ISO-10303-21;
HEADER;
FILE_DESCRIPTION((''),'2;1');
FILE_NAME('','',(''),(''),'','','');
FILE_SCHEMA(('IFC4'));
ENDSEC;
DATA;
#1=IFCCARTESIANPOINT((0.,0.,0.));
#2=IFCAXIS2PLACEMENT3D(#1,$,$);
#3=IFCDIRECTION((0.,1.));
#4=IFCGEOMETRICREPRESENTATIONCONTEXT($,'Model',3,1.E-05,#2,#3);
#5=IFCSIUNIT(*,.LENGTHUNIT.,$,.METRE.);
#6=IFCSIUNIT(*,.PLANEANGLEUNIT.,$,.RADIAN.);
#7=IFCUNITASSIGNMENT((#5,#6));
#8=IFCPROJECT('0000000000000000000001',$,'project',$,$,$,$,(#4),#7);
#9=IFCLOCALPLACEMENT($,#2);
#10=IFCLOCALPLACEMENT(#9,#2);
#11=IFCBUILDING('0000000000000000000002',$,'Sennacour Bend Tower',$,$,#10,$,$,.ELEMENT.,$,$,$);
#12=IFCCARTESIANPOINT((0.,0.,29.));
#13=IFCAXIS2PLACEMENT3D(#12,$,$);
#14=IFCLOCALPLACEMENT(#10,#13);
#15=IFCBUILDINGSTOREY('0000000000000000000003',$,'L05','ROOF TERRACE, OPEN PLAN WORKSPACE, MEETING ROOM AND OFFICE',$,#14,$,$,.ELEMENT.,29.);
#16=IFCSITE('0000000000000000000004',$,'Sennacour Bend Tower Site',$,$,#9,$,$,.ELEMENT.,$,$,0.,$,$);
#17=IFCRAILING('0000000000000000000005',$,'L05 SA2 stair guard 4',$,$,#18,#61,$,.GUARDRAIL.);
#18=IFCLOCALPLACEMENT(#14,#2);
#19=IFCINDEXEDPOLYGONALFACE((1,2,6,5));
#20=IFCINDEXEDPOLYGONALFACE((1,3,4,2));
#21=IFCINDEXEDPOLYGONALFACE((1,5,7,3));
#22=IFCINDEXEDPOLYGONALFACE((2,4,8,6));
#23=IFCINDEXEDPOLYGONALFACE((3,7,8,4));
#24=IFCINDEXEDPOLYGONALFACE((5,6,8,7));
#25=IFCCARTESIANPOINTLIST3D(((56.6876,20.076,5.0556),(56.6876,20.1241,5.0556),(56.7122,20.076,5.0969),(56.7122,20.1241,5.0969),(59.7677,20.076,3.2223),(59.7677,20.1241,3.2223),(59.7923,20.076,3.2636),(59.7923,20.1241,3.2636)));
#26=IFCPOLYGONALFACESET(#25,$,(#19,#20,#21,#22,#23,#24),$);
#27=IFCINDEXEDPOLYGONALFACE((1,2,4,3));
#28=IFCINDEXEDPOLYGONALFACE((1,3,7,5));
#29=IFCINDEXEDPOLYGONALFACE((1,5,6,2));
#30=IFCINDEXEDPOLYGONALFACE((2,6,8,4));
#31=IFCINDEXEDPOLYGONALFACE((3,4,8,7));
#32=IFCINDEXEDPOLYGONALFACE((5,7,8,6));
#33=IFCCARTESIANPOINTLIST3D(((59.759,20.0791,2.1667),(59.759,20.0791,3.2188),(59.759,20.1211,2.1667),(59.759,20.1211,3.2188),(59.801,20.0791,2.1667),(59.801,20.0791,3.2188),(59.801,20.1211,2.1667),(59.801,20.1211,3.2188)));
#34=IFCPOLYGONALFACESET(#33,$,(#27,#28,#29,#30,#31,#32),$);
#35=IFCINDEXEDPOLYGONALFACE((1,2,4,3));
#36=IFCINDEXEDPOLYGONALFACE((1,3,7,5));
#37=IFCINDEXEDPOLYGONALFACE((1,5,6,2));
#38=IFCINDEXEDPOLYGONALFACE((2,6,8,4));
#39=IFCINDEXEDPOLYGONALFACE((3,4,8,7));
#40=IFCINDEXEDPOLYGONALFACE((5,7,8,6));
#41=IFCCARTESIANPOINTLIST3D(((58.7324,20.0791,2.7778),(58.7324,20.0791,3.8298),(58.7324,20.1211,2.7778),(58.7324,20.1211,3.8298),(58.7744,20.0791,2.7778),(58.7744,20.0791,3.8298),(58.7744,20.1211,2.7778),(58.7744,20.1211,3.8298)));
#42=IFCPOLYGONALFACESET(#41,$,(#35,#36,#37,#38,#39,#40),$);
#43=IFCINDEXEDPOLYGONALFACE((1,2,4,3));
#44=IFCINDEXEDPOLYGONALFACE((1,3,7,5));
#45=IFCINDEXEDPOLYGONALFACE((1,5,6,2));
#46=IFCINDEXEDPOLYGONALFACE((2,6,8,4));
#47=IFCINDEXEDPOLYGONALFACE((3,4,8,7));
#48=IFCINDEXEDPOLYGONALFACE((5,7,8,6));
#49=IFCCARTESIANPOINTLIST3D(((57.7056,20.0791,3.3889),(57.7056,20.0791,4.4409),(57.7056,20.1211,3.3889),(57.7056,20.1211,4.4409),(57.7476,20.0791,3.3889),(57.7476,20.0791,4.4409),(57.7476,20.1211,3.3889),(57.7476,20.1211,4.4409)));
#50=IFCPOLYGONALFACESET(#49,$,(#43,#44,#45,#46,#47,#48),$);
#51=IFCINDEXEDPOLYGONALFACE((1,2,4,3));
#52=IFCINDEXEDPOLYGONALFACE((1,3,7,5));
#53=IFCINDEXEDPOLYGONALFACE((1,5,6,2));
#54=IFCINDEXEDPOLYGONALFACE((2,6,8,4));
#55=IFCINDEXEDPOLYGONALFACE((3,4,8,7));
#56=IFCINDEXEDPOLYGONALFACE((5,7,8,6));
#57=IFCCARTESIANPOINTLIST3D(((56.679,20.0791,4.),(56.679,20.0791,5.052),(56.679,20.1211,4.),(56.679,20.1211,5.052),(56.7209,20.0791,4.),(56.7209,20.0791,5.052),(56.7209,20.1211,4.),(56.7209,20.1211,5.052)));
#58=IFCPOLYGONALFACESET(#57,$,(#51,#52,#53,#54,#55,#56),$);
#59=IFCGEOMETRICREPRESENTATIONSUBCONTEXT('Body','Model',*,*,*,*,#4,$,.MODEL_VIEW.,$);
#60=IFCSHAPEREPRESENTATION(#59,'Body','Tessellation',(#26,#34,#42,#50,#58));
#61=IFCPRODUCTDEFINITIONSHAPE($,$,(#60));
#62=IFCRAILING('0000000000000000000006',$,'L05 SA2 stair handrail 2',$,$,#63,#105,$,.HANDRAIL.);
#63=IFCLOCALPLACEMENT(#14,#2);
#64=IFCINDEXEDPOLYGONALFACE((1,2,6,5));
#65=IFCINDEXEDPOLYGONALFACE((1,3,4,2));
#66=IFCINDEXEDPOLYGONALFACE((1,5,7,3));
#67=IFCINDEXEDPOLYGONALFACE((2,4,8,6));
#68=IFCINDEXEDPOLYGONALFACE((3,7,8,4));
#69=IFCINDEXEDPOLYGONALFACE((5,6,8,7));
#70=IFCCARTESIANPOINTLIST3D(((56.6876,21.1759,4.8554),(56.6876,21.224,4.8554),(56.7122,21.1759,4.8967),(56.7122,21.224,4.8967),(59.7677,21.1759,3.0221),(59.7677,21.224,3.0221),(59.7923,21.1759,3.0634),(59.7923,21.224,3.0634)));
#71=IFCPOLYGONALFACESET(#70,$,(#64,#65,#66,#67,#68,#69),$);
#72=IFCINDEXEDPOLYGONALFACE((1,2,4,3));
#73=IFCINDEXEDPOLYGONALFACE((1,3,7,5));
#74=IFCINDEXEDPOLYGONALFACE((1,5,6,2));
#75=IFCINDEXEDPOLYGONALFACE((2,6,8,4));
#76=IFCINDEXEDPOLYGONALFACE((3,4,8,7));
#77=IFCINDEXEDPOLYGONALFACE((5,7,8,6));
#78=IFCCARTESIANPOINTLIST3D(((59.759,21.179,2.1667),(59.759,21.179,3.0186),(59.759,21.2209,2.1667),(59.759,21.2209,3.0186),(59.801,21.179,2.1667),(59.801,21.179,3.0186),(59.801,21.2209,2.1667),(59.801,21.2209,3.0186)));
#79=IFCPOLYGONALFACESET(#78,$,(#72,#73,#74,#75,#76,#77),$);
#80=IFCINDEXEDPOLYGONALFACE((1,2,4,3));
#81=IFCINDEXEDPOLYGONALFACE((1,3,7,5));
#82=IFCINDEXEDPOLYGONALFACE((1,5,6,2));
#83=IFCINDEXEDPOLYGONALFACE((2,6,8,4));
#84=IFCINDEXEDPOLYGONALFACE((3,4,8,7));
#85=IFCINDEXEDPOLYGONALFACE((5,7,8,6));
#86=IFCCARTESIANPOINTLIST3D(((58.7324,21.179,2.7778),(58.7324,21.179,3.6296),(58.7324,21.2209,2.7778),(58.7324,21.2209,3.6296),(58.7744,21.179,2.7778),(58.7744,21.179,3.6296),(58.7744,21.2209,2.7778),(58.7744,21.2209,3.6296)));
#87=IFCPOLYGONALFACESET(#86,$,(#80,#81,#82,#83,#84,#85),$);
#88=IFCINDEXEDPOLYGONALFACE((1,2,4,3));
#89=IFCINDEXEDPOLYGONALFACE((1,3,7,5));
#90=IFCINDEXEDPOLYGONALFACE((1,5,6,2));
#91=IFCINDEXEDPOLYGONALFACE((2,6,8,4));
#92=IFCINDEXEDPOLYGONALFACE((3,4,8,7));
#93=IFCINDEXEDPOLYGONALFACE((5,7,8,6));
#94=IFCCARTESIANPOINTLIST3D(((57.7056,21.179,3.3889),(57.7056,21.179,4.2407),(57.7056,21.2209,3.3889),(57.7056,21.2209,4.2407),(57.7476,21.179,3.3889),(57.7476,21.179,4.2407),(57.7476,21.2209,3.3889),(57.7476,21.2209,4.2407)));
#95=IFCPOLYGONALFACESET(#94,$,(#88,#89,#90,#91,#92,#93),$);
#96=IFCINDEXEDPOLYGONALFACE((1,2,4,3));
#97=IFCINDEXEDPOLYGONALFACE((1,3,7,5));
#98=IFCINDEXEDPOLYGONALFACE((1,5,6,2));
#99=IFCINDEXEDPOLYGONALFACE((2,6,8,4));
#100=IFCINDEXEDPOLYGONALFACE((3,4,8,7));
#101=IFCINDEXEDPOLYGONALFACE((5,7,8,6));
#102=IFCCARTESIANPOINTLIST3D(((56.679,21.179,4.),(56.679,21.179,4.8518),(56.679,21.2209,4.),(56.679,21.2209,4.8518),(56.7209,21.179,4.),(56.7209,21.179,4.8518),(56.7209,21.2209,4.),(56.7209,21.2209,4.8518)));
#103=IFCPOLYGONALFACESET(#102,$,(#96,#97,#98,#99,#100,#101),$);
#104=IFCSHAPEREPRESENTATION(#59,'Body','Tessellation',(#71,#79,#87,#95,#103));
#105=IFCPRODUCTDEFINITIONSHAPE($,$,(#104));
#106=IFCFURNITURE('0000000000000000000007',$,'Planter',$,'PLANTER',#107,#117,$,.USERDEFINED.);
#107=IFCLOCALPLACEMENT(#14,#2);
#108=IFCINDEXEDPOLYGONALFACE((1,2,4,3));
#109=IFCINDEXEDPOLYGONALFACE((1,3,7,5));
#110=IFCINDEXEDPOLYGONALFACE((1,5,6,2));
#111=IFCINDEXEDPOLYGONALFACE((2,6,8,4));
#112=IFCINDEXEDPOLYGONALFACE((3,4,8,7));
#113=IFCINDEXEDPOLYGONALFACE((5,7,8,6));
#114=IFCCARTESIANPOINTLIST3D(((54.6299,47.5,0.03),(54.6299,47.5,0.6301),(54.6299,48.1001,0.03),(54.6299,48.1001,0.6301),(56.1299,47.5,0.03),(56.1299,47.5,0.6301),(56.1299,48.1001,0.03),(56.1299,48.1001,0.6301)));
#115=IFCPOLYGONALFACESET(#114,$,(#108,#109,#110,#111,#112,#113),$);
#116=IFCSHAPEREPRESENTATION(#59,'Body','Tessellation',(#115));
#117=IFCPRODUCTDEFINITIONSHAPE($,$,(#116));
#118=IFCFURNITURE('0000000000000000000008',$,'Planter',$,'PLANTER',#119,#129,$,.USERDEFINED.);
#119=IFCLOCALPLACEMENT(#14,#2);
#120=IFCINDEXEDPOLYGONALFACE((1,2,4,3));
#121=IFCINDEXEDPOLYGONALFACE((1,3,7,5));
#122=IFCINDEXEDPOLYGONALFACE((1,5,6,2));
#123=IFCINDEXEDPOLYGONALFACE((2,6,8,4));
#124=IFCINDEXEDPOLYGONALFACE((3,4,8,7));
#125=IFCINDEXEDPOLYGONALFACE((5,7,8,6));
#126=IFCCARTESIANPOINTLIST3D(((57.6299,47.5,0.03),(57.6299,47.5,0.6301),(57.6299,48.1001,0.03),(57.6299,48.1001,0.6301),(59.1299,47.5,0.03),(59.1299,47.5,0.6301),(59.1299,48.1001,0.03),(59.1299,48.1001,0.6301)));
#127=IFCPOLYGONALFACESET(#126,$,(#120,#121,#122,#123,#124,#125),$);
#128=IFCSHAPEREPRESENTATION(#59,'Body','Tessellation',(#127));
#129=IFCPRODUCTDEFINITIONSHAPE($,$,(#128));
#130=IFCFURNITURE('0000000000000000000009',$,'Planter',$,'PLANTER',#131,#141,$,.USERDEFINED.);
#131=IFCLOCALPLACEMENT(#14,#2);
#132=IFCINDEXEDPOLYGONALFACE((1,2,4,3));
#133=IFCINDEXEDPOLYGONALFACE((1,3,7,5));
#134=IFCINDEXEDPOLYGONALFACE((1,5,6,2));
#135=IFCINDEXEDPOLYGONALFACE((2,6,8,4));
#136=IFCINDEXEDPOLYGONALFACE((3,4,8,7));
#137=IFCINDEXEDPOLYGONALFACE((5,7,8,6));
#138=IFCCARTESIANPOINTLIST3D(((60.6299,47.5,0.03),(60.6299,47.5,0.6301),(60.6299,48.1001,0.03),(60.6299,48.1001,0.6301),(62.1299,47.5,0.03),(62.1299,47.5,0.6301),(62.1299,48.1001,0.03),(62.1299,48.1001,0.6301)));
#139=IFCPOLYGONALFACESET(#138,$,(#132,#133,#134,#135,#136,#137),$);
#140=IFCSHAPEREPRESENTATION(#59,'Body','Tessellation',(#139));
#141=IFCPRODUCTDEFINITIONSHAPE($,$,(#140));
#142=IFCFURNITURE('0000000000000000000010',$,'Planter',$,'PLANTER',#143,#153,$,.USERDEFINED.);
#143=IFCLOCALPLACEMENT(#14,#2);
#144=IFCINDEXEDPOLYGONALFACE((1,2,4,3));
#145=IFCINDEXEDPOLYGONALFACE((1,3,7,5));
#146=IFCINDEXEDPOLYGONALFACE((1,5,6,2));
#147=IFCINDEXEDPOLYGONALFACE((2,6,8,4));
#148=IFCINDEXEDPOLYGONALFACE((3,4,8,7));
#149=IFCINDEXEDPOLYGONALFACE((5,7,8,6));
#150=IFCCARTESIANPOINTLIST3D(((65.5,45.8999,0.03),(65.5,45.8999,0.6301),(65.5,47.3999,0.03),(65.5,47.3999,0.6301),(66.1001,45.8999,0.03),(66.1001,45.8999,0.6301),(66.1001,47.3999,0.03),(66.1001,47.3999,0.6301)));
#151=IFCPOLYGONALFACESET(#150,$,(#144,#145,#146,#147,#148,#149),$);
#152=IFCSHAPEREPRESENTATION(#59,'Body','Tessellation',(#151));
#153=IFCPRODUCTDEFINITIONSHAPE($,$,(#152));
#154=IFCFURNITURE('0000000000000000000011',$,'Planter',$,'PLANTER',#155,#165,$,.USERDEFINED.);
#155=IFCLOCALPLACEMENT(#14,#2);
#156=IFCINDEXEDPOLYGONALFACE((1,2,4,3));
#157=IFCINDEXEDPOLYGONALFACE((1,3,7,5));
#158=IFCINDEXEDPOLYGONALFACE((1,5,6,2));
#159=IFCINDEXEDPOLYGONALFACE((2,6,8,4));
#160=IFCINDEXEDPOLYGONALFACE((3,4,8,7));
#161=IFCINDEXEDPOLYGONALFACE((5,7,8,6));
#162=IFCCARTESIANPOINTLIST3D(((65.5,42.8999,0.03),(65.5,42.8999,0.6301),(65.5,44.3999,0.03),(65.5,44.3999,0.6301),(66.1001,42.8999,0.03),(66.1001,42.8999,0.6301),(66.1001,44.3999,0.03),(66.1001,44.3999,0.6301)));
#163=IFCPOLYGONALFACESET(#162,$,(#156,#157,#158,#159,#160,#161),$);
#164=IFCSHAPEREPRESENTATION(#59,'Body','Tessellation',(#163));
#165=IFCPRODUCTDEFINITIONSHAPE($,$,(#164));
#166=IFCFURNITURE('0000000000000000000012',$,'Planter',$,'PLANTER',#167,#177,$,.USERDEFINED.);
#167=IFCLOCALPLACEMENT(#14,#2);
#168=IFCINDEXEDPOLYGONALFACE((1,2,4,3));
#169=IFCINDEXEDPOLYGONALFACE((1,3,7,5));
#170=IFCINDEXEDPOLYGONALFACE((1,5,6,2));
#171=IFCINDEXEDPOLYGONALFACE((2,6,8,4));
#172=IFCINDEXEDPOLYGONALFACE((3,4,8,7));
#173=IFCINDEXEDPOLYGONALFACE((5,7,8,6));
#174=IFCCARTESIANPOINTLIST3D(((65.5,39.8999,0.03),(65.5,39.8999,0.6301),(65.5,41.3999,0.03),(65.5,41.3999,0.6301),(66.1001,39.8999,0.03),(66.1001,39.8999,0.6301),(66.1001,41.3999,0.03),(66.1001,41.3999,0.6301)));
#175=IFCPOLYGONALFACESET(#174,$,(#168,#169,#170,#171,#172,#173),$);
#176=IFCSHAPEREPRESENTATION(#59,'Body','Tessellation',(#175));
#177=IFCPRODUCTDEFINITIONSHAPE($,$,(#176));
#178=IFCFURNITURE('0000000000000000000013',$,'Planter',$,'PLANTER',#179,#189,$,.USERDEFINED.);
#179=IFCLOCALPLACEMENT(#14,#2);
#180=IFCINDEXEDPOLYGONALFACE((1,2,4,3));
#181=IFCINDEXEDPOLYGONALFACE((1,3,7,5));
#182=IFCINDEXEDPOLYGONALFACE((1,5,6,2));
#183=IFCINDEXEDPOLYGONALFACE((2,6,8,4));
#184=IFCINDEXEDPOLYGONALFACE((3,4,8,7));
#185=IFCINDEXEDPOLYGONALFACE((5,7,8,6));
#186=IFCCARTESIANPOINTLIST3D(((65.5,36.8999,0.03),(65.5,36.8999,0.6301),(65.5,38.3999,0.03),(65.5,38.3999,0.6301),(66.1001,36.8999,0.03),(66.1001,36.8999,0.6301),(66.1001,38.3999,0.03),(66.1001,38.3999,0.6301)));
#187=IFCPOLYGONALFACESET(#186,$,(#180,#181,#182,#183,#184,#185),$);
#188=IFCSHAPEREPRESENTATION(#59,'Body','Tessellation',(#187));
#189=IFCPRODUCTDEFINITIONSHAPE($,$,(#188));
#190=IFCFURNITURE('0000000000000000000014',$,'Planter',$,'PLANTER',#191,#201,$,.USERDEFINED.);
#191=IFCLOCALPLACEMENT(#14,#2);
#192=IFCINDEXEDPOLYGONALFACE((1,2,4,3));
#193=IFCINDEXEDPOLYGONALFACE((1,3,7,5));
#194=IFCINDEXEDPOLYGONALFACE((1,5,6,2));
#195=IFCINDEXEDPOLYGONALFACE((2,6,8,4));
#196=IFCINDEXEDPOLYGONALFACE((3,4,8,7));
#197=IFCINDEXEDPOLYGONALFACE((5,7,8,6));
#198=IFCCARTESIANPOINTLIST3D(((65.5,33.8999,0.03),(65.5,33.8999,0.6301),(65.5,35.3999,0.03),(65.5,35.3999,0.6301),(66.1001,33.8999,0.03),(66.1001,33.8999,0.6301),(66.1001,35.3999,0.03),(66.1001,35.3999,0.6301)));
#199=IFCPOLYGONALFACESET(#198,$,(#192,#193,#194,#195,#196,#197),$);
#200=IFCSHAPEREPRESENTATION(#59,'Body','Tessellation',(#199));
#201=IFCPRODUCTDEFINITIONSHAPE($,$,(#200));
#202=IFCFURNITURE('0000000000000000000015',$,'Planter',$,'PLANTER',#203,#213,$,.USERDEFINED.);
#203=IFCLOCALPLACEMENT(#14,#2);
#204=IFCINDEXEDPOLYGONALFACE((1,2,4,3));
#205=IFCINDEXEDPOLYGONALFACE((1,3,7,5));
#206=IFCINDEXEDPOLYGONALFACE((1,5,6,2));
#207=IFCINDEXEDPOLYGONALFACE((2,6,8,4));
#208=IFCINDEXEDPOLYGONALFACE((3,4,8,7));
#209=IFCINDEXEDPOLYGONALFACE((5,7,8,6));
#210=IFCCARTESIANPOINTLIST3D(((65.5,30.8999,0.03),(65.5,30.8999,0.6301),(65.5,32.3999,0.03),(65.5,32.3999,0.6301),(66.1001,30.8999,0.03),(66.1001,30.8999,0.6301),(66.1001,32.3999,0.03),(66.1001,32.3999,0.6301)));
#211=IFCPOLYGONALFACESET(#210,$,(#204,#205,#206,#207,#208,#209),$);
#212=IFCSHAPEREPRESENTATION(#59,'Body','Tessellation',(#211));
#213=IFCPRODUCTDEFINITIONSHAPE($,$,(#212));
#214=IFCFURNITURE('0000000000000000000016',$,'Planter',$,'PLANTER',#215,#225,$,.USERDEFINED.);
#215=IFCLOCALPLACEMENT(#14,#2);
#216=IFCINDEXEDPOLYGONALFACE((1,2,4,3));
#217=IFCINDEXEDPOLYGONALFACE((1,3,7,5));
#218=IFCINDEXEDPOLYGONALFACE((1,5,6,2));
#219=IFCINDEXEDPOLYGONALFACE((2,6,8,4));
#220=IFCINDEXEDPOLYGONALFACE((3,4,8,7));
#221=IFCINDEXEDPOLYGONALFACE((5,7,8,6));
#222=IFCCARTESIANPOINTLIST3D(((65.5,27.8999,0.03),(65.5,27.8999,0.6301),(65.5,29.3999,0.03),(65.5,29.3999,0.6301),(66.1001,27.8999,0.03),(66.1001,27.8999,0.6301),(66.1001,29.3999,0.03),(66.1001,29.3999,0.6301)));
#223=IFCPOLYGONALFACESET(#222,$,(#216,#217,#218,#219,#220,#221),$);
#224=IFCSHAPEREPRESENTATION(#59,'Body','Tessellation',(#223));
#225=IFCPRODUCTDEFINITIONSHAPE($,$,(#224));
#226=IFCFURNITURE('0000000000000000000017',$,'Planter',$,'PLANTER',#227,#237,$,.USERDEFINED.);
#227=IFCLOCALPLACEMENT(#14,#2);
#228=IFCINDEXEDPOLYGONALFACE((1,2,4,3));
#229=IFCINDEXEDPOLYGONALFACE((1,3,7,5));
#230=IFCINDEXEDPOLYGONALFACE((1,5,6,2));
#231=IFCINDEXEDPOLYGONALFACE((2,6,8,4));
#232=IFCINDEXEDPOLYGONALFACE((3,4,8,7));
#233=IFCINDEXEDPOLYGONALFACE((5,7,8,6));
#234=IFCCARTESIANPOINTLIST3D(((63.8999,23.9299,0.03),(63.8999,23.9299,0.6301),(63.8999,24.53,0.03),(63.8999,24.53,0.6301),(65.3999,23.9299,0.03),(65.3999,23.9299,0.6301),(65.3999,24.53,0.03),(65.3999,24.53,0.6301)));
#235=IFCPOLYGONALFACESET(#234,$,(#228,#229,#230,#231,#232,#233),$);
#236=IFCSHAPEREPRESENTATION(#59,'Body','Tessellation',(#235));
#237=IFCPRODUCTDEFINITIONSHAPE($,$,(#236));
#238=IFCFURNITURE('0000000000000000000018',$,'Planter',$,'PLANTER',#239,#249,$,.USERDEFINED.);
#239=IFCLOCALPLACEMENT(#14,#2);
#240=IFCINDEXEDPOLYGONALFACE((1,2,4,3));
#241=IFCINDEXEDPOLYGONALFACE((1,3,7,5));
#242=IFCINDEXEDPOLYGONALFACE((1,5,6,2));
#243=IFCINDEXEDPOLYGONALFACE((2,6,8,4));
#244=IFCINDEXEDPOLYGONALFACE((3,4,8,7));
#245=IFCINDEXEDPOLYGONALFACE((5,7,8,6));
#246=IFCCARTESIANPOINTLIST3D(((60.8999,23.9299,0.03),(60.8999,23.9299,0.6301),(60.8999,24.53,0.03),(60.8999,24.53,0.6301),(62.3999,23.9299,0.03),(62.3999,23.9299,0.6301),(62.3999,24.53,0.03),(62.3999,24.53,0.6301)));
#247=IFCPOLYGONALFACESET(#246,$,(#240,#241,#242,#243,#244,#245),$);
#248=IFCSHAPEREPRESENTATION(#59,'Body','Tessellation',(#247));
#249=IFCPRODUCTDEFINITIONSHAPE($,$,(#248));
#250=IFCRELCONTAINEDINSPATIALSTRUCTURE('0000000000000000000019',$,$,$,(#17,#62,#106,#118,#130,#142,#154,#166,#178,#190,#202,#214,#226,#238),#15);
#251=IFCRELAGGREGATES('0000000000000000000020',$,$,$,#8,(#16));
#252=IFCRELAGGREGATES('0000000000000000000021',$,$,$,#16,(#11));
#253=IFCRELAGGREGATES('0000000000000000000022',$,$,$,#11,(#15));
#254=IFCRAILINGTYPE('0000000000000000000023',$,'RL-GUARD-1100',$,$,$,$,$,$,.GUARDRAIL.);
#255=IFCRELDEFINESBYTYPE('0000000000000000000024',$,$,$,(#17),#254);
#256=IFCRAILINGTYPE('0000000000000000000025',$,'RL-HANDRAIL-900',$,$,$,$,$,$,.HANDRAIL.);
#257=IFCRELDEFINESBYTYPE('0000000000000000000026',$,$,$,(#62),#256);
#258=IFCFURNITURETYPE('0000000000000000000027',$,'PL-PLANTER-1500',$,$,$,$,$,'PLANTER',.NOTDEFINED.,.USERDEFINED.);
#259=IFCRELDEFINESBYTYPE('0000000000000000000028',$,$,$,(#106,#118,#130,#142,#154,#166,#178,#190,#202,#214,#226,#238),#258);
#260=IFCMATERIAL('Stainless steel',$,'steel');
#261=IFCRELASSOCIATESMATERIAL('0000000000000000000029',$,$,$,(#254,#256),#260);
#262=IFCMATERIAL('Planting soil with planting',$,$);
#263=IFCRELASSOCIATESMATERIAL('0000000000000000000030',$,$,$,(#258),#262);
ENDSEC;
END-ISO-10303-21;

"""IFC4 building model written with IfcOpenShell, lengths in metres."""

from ifc_helpers import new_model, si_unit, direction, frame, origin, origin_2d, place, context, subcontext, project, spatial, rectangle, extrude, material, type_object, element, save


model = new_model("IFC4")

# Units and contexts
model_context = context("Model", 3, precision=1e-05, world=origin(), true_north=direction((0.0, 1.0)))
body_context = subcontext(model_context, "Body", "Model", "MODEL_VIEW")
ifc_project = project(units=[si_unit("LENGTHUNIT", "METRE"), si_unit("PLANEANGLEUNIT", "RADIAN")], contexts=[model_context])

# Site, building, storey
site_placement = place(None, origin())
site = spatial("IfcSite", under=ifc_project, at=site_placement, Name="Sennacour Bend Tower Site", CompositionType="ELEMENT", RefElevation=0.0)
building_placement = place(site_placement, origin())
building = spatial("IfcBuilding", under=site, at=building_placement, Name="Sennacour Bend Tower", CompositionType="ELEMENT")
storey_placement = place(building_placement, frame((0.0, 0.0, 29.0)))
storey = spatial("IfcBuildingStorey", under=building, at=storey_placement, Name="L05", Description="ROOF TERRACE, OPEN PLAN WORKSPACE, MEETING ROOM AND OFFICE", CompositionType="ELEMENT", Elevation=29.0)

# Railings
ifc_material_1 = material(Name="Stainless steel", Category="steel")
railing_type_1 = type_object("IfcRailingType", Name="RL-GUARD-1100", PredefinedType="GUARDRAIL", material=ifc_material_1)
railing_1_placement = place(storey_placement, frame((59.78, 20.1001, 2.1667)))
element("IfcRailing", 1, at=railing_1_placement, inside=storey, type_object=railing_type_1, Name="L05 SA2 stair guard 4", PredefinedType="GUARDRAIL", context=body_context, shape_type="SweptSolid", body=[
    extrude(rectangle(XDim=0.0481, YDim=0.0481, at=origin_2d()), frame((0.0, 0.0, 1.0762), z_axis=(-0.859309, 0.0, 0.511458), x_axis=(0.0, -1.0, 0.0)), (0.0, 0.0, 1.0), 3.5845),
    extrude(rectangle(XDim=0.042, YDim=0.042, at=origin_2d()), origin(), (0.0, 0.0, 1.0), 1.052),
    extrude(rectangle(XDim=0.042, YDim=0.042, at=origin_2d()), frame((-1.0266, 0.0, 0.6111)), (0.0, 0.0, 1.0), 1.052),
    extrude(rectangle(XDim=0.042, YDim=0.042, at=origin_2d()), frame((-2.0535, 0.0, 1.2222)), (0.0, 0.0, 1.0), 1.052),
    extrude(rectangle(XDim=0.042, YDim=0.042, at=origin_2d()), frame((-3.0801, 0.0, 1.8333)), (0.0, 0.0, 1.0), 1.052),
])
railing_type_2 = type_object("IfcRailingType", Name="RL-HANDRAIL-900", PredefinedType="HANDRAIL", material=ifc_material_1)
railing_2_placement = place(storey_placement, frame((59.78, 21.2, 2.1667)))
element("IfcRailing", 2, at=railing_2_placement, inside=storey, type_object=railing_type_2, Name="L05 SA2 stair handrail 2", PredefinedType="HANDRAIL", context=body_context, shape_type="SweptSolid", body=[
    extrude(rectangle(XDim=0.0481, YDim=0.0481, at=origin_2d()), frame((0.0, 0.0, 0.876), z_axis=(-0.859309, 0.0, 0.511458), x_axis=(0.0, -1.0, 0.0)), (0.0, 0.0, 1.0), 3.5845),
    extrude(rectangle(XDim=0.042, YDim=0.042, at=origin_2d()), origin(), (0.0, 0.0, 1.0), 0.8518),
    extrude(rectangle(XDim=0.042, YDim=0.042, at=origin_2d()), frame((-1.0266, 0.0, 0.6111)), (0.0, 0.0, 1.0), 0.8518),
    extrude(rectangle(XDim=0.042, YDim=0.042, at=origin_2d()), frame((-2.0535, 0.0, 1.2222)), (0.0, 0.0, 1.0), 0.8518),
    extrude(rectangle(XDim=0.042, YDim=0.042, at=origin_2d()), frame((-3.0801, 0.0, 1.8333)), (0.0, 0.0, 1.0), 0.8518),
])

# Furniture
ifc_material_2 = material(Name="Planting soil with planting")
furniture_type = type_object("IfcFurnitureType", Name="PL-PLANTER-1500", ElementType="PLANTER", AssemblyPlace="NOTDEFINED", PredefinedType="USERDEFINED", material=ifc_material_2)
for number, where, z_axis, x_axis, name in (
    (3, (55.3799, 47.8, 0.03), (0.0, 0.0, 1.0), (1.0, 0.0, 0.0), "Planter"),
    (4, (58.3799, 47.8, 0.03), (0.0, 0.0, 1.0), (1.0, 0.0, 0.0), "Planter"),
    (5, (61.3799, 47.8, 0.03), (0.0, 0.0, 1.0), (1.0, 0.0, 0.0), "Planter"),
    (6, (65.8, 46.6499, 0.03), (0.0, 0.0, 1.0), (0.0, -1.0, 0.0), "Planter"),
    (7, (65.8, 43.6499, 0.03), (0.0, 0.0, 1.0), (0.0, -1.0, 0.0), "Planter"),
    (8, (65.8, 40.6499, 0.03), (0.0, 0.0, 1.0), (0.0, -1.0, 0.0), "Planter"),
    (9, (65.8, 37.6499, 0.03), (0.0, 0.0, 1.0), (0.0, -1.0, 0.0), "Planter"),
    (10, (65.8, 34.6499, 0.03), (0.0, 0.0, 1.0), (0.0, -1.0, 0.0), "Planter"),
    (11, (65.8, 31.6499, 0.03), (0.0, 0.0, 1.0), (0.0, -1.0, 0.0), "Planter"),
    (12, (65.8, 28.6499, 0.03), (0.0, 0.0, 1.0), (0.0, -1.0, 0.0), "Planter"),
    (13, (64.6499, 24.23, 0.03), (0.0, 0.0, 1.0), (-1.0, 0.0, 0.0), "Planter"),
    (14, (61.6499, 24.23, 0.03), (0.0, 0.0, 1.0), (-1.0, 0.0, 0.0), "Planter"),
):
    element("IfcFurniture", number, at=place(storey_placement, frame(where, z_axis=z_axis, x_axis=x_axis)), inside=storey, type_object=furniture_type, Name=name, ObjectType="PLANTER", PredefinedType="USERDEFINED", context=body_context, shape_type="SweptSolid", body=[
        extrude(rectangle(XDim=1.5, YDim=0.6001, at=origin_2d()), origin(), (0.0, 0.0, 1.0), 0.6001),
    ])

save(model, "model.ifc")
